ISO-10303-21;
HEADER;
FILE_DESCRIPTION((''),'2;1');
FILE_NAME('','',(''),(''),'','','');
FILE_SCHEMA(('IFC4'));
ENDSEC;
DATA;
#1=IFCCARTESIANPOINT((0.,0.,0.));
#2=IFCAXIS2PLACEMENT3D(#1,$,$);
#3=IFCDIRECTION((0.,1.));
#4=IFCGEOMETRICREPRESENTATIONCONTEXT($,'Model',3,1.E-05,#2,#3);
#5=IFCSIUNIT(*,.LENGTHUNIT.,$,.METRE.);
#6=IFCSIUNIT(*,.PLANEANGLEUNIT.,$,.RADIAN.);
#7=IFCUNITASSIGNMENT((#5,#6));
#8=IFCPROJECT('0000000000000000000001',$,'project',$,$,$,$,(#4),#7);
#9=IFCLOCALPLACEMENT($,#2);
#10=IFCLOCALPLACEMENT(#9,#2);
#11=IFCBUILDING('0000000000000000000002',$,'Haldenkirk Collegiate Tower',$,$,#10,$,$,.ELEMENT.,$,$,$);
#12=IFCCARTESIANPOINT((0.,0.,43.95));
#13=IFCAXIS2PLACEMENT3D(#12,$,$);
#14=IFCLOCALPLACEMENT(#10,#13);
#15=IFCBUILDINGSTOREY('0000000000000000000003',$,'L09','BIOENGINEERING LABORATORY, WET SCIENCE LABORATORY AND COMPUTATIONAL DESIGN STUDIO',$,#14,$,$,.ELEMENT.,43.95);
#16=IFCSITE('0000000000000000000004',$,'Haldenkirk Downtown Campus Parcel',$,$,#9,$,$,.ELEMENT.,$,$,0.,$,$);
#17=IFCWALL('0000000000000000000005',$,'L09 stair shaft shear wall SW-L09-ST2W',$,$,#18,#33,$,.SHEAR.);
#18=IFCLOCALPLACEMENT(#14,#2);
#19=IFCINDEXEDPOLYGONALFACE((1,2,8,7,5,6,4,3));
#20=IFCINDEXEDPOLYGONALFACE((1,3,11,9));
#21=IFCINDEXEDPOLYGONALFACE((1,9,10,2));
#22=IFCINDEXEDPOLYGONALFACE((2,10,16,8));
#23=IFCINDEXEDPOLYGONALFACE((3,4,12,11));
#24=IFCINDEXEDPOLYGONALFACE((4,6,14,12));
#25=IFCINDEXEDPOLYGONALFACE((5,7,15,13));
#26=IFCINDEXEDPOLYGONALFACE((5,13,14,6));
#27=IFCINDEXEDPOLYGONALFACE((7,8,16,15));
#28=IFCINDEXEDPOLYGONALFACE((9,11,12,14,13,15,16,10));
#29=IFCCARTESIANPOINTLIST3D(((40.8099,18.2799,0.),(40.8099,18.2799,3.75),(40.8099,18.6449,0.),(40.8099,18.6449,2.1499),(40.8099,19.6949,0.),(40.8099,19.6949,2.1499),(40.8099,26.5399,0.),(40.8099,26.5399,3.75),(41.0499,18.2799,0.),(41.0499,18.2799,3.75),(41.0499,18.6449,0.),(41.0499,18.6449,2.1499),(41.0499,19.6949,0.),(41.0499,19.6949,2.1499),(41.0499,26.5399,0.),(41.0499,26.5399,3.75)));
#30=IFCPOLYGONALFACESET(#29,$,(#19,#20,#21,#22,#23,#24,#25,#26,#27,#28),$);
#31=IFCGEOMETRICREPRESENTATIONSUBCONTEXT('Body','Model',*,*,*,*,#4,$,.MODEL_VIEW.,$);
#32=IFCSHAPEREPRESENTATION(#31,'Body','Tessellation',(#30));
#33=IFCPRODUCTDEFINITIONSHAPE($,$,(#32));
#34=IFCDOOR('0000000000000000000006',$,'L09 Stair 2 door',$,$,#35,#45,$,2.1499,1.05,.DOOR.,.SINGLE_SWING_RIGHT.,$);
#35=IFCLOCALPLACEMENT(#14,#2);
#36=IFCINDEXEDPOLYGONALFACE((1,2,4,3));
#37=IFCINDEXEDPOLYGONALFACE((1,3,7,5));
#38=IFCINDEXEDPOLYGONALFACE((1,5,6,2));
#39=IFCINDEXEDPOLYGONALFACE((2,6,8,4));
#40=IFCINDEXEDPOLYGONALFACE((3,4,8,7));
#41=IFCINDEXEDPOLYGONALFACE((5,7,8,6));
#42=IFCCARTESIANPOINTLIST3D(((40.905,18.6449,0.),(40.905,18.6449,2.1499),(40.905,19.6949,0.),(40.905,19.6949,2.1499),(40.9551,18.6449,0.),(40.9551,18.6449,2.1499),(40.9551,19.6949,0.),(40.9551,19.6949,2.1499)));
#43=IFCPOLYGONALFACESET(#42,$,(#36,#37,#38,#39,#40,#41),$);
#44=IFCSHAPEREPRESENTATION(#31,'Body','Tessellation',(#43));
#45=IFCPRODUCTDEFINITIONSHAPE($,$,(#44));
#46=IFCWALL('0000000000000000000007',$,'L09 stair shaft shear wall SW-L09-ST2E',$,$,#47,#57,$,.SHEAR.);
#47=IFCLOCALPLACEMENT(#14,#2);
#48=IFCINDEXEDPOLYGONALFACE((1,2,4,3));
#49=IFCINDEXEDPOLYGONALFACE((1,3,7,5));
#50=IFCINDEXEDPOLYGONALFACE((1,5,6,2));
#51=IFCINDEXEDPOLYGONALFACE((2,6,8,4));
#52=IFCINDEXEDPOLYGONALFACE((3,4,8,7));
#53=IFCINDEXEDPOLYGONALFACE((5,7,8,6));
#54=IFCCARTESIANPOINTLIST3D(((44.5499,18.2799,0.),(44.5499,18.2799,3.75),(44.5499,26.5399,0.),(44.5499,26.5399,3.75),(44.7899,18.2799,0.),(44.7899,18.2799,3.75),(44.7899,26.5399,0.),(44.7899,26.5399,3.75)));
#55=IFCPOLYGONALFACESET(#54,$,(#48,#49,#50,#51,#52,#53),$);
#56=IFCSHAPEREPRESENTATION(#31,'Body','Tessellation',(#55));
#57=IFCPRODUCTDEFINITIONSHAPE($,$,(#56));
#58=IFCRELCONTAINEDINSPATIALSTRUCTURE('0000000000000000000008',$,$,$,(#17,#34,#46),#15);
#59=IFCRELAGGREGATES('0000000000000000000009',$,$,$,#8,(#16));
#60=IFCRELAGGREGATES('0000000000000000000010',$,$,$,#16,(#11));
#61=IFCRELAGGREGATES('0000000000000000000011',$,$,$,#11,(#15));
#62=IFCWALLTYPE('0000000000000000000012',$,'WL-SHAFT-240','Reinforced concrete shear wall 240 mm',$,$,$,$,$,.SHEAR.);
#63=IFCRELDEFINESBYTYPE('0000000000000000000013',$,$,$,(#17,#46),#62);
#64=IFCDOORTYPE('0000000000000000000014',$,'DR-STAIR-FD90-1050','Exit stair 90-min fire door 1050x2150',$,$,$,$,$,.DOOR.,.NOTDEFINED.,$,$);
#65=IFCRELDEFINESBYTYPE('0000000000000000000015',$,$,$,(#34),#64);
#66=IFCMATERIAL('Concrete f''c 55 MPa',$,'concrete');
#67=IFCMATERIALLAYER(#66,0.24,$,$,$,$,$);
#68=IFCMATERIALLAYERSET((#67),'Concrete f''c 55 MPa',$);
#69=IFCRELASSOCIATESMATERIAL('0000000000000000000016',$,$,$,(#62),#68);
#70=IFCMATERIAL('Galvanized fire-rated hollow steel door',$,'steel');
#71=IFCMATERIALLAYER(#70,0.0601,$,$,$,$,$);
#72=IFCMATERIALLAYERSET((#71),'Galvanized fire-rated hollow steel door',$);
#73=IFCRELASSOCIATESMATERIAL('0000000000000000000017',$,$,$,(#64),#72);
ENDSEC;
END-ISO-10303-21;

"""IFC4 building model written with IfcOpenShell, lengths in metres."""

from ifc_helpers import new_model, si_unit, direction, frame, frame_2d, origin, place, context, subcontext, project, spatial, rectangle, extrude, material, layer, layer_set, type_object, element, fill, save


model = new_model("IFC4")

# Units and contexts
model_context = context("Model", 3, precision=1e-05, world=origin(), true_north=direction((0.0, 1.0)))
body_context = subcontext(model_context, "Body", "Model", "MODEL_VIEW")
ifc_project = project(units=[si_unit("LENGTHUNIT", "METRE"), si_unit("PLANEANGLEUNIT", "RADIAN")], contexts=[model_context])

# Site, building, storey
site_placement = place(None, origin())
site = spatial("IfcSite", under=ifc_project, at=site_placement, Name="Haldenkirk Downtown Campus Parcel", CompositionType="ELEMENT", RefElevation=0.0)
building_placement = place(site_placement, origin())
building = spatial("IfcBuilding", under=site, at=building_placement, Name="Haldenkirk Collegiate Tower", CompositionType="ELEMENT")
storey_placement = place(building_placement, frame((0.0, 0.0, 43.95)))
storey = spatial("IfcBuildingStorey", under=building, at=storey_placement, Name="L09", Description="BIOENGINEERING LABORATORY, WET SCIENCE LABORATORY AND COMPUTATIONAL DESIGN STUDIO", CompositionType="ELEMENT", Elevation=43.95)

# Shared definitions
ifc_material_1 = material(Name="Galvanized fire-rated hollow steel door", Category="steel")

# Wall, opening, door
ifc_material_2 = material(Name="Concrete f'c 55 MPa", Category="concrete")
ifc_layer_1 = layer(ifc_material_2, 0.24)
ifc_layer_set_1 = layer_set([ifc_layer_1], Name="Concrete f'c 55 MPa")
wall_type_1 = type_object("IfcWallType", Name="WL-SHAFT-240", Description="Reinforced concrete shear wall 240 mm", PredefinedType="SHEAR", material=ifc_layer_set_1)
wall_1_placement = place(storey_placement, frame((40.9299, 18.28, 0.0), z_axis=(0.0, 0.0, 1.0), x_axis=(0.0, 1.0, 0.0)))
wall_1 = element("IfcWall", 1, at=wall_1_placement, inside=storey, type_object=wall_type_1, Name="L09 stair shaft shear wall SW-L09-ST2W", PredefinedType="SHEAR", context=body_context, shape_type="SweptSolid", body=[
    extrude(rectangle(XDim=8.26, YDim=0.24, at=frame_2d((4.1299, 0.0))), origin(), (0.0, 0.0, 1.0), 3.75),
])
opening_1_placement = place(wall_1_placement, frame((0.365, 0.0, 0.0)))
opening_1 = element("IfcOpeningElement", 2, at=opening_1_placement, cuts=wall_1, PredefinedType="OPENING", context=body_context, shape_type="SweptSolid", body=[
    extrude(rectangle(XDim=1.05, YDim=2.1499, at=frame_2d((0.5249, 1.075))), frame((0.0, 0.1299, 0.0), z_axis=(0.0, -1.0, 0.0), x_axis=(1.0, 0.0, 0.0)), (0.0, 0.0, 1.0), 0.26),
])
ifc_layer_2 = layer(ifc_material_1, 0.0601)
ifc_layer_set_2 = layer_set([ifc_layer_2], Name="Galvanized fire-rated hollow steel door")
door_type_1 = type_object("IfcDoorType", Name="DR-STAIR-FD90-1050", Description="Exit stair 90-min fire door 1050x2150", OperationType="NOTDEFINED", PredefinedType="DOOR", material=ifc_layer_set_2)
door_1_placement = place(opening_1_placement, origin())
door_1 = element("IfcDoor", 3, at=door_1_placement, inside=storey, type_object=door_type_1, Name="L09 Stair 2 door", OperationType="SINGLE_SWING_RIGHT", OverallHeight=2.1499, OverallWidth=1.05, PredefinedType="DOOR", context=body_context, shape_type="SweptSolid", body=[
    extrude(rectangle(XDim=1.05, YDim=2.1499, at=frame_2d((0.5249, 1.075))), frame((0.0, 0.0249, 0.0), z_axis=(0.0, -1.0, 0.0), x_axis=(1.0, 0.0, 0.0)), (0.0, 0.0, 1.0), 0.05),
])
fill(opening_1, door_1)

# Wall
wall_2_placement = place(storey_placement, frame((44.6699, 18.28, 0.0), z_axis=(0.0, 0.0, 1.0), x_axis=(0.0, 1.0, 0.0)))
element("IfcWall", 4, at=wall_2_placement, inside=storey, type_object=wall_type_1, Name="L09 stair shaft shear wall SW-L09-ST2E", PredefinedType="SHEAR", context=body_context, shape_type="SweptSolid", body=[
    extrude(rectangle(XDim=8.26, YDim=0.24, at=frame_2d((4.1299, 0.0))), origin(), (0.0, 0.0, 1.0), 3.75),
])

save(model, "model.ifc")
